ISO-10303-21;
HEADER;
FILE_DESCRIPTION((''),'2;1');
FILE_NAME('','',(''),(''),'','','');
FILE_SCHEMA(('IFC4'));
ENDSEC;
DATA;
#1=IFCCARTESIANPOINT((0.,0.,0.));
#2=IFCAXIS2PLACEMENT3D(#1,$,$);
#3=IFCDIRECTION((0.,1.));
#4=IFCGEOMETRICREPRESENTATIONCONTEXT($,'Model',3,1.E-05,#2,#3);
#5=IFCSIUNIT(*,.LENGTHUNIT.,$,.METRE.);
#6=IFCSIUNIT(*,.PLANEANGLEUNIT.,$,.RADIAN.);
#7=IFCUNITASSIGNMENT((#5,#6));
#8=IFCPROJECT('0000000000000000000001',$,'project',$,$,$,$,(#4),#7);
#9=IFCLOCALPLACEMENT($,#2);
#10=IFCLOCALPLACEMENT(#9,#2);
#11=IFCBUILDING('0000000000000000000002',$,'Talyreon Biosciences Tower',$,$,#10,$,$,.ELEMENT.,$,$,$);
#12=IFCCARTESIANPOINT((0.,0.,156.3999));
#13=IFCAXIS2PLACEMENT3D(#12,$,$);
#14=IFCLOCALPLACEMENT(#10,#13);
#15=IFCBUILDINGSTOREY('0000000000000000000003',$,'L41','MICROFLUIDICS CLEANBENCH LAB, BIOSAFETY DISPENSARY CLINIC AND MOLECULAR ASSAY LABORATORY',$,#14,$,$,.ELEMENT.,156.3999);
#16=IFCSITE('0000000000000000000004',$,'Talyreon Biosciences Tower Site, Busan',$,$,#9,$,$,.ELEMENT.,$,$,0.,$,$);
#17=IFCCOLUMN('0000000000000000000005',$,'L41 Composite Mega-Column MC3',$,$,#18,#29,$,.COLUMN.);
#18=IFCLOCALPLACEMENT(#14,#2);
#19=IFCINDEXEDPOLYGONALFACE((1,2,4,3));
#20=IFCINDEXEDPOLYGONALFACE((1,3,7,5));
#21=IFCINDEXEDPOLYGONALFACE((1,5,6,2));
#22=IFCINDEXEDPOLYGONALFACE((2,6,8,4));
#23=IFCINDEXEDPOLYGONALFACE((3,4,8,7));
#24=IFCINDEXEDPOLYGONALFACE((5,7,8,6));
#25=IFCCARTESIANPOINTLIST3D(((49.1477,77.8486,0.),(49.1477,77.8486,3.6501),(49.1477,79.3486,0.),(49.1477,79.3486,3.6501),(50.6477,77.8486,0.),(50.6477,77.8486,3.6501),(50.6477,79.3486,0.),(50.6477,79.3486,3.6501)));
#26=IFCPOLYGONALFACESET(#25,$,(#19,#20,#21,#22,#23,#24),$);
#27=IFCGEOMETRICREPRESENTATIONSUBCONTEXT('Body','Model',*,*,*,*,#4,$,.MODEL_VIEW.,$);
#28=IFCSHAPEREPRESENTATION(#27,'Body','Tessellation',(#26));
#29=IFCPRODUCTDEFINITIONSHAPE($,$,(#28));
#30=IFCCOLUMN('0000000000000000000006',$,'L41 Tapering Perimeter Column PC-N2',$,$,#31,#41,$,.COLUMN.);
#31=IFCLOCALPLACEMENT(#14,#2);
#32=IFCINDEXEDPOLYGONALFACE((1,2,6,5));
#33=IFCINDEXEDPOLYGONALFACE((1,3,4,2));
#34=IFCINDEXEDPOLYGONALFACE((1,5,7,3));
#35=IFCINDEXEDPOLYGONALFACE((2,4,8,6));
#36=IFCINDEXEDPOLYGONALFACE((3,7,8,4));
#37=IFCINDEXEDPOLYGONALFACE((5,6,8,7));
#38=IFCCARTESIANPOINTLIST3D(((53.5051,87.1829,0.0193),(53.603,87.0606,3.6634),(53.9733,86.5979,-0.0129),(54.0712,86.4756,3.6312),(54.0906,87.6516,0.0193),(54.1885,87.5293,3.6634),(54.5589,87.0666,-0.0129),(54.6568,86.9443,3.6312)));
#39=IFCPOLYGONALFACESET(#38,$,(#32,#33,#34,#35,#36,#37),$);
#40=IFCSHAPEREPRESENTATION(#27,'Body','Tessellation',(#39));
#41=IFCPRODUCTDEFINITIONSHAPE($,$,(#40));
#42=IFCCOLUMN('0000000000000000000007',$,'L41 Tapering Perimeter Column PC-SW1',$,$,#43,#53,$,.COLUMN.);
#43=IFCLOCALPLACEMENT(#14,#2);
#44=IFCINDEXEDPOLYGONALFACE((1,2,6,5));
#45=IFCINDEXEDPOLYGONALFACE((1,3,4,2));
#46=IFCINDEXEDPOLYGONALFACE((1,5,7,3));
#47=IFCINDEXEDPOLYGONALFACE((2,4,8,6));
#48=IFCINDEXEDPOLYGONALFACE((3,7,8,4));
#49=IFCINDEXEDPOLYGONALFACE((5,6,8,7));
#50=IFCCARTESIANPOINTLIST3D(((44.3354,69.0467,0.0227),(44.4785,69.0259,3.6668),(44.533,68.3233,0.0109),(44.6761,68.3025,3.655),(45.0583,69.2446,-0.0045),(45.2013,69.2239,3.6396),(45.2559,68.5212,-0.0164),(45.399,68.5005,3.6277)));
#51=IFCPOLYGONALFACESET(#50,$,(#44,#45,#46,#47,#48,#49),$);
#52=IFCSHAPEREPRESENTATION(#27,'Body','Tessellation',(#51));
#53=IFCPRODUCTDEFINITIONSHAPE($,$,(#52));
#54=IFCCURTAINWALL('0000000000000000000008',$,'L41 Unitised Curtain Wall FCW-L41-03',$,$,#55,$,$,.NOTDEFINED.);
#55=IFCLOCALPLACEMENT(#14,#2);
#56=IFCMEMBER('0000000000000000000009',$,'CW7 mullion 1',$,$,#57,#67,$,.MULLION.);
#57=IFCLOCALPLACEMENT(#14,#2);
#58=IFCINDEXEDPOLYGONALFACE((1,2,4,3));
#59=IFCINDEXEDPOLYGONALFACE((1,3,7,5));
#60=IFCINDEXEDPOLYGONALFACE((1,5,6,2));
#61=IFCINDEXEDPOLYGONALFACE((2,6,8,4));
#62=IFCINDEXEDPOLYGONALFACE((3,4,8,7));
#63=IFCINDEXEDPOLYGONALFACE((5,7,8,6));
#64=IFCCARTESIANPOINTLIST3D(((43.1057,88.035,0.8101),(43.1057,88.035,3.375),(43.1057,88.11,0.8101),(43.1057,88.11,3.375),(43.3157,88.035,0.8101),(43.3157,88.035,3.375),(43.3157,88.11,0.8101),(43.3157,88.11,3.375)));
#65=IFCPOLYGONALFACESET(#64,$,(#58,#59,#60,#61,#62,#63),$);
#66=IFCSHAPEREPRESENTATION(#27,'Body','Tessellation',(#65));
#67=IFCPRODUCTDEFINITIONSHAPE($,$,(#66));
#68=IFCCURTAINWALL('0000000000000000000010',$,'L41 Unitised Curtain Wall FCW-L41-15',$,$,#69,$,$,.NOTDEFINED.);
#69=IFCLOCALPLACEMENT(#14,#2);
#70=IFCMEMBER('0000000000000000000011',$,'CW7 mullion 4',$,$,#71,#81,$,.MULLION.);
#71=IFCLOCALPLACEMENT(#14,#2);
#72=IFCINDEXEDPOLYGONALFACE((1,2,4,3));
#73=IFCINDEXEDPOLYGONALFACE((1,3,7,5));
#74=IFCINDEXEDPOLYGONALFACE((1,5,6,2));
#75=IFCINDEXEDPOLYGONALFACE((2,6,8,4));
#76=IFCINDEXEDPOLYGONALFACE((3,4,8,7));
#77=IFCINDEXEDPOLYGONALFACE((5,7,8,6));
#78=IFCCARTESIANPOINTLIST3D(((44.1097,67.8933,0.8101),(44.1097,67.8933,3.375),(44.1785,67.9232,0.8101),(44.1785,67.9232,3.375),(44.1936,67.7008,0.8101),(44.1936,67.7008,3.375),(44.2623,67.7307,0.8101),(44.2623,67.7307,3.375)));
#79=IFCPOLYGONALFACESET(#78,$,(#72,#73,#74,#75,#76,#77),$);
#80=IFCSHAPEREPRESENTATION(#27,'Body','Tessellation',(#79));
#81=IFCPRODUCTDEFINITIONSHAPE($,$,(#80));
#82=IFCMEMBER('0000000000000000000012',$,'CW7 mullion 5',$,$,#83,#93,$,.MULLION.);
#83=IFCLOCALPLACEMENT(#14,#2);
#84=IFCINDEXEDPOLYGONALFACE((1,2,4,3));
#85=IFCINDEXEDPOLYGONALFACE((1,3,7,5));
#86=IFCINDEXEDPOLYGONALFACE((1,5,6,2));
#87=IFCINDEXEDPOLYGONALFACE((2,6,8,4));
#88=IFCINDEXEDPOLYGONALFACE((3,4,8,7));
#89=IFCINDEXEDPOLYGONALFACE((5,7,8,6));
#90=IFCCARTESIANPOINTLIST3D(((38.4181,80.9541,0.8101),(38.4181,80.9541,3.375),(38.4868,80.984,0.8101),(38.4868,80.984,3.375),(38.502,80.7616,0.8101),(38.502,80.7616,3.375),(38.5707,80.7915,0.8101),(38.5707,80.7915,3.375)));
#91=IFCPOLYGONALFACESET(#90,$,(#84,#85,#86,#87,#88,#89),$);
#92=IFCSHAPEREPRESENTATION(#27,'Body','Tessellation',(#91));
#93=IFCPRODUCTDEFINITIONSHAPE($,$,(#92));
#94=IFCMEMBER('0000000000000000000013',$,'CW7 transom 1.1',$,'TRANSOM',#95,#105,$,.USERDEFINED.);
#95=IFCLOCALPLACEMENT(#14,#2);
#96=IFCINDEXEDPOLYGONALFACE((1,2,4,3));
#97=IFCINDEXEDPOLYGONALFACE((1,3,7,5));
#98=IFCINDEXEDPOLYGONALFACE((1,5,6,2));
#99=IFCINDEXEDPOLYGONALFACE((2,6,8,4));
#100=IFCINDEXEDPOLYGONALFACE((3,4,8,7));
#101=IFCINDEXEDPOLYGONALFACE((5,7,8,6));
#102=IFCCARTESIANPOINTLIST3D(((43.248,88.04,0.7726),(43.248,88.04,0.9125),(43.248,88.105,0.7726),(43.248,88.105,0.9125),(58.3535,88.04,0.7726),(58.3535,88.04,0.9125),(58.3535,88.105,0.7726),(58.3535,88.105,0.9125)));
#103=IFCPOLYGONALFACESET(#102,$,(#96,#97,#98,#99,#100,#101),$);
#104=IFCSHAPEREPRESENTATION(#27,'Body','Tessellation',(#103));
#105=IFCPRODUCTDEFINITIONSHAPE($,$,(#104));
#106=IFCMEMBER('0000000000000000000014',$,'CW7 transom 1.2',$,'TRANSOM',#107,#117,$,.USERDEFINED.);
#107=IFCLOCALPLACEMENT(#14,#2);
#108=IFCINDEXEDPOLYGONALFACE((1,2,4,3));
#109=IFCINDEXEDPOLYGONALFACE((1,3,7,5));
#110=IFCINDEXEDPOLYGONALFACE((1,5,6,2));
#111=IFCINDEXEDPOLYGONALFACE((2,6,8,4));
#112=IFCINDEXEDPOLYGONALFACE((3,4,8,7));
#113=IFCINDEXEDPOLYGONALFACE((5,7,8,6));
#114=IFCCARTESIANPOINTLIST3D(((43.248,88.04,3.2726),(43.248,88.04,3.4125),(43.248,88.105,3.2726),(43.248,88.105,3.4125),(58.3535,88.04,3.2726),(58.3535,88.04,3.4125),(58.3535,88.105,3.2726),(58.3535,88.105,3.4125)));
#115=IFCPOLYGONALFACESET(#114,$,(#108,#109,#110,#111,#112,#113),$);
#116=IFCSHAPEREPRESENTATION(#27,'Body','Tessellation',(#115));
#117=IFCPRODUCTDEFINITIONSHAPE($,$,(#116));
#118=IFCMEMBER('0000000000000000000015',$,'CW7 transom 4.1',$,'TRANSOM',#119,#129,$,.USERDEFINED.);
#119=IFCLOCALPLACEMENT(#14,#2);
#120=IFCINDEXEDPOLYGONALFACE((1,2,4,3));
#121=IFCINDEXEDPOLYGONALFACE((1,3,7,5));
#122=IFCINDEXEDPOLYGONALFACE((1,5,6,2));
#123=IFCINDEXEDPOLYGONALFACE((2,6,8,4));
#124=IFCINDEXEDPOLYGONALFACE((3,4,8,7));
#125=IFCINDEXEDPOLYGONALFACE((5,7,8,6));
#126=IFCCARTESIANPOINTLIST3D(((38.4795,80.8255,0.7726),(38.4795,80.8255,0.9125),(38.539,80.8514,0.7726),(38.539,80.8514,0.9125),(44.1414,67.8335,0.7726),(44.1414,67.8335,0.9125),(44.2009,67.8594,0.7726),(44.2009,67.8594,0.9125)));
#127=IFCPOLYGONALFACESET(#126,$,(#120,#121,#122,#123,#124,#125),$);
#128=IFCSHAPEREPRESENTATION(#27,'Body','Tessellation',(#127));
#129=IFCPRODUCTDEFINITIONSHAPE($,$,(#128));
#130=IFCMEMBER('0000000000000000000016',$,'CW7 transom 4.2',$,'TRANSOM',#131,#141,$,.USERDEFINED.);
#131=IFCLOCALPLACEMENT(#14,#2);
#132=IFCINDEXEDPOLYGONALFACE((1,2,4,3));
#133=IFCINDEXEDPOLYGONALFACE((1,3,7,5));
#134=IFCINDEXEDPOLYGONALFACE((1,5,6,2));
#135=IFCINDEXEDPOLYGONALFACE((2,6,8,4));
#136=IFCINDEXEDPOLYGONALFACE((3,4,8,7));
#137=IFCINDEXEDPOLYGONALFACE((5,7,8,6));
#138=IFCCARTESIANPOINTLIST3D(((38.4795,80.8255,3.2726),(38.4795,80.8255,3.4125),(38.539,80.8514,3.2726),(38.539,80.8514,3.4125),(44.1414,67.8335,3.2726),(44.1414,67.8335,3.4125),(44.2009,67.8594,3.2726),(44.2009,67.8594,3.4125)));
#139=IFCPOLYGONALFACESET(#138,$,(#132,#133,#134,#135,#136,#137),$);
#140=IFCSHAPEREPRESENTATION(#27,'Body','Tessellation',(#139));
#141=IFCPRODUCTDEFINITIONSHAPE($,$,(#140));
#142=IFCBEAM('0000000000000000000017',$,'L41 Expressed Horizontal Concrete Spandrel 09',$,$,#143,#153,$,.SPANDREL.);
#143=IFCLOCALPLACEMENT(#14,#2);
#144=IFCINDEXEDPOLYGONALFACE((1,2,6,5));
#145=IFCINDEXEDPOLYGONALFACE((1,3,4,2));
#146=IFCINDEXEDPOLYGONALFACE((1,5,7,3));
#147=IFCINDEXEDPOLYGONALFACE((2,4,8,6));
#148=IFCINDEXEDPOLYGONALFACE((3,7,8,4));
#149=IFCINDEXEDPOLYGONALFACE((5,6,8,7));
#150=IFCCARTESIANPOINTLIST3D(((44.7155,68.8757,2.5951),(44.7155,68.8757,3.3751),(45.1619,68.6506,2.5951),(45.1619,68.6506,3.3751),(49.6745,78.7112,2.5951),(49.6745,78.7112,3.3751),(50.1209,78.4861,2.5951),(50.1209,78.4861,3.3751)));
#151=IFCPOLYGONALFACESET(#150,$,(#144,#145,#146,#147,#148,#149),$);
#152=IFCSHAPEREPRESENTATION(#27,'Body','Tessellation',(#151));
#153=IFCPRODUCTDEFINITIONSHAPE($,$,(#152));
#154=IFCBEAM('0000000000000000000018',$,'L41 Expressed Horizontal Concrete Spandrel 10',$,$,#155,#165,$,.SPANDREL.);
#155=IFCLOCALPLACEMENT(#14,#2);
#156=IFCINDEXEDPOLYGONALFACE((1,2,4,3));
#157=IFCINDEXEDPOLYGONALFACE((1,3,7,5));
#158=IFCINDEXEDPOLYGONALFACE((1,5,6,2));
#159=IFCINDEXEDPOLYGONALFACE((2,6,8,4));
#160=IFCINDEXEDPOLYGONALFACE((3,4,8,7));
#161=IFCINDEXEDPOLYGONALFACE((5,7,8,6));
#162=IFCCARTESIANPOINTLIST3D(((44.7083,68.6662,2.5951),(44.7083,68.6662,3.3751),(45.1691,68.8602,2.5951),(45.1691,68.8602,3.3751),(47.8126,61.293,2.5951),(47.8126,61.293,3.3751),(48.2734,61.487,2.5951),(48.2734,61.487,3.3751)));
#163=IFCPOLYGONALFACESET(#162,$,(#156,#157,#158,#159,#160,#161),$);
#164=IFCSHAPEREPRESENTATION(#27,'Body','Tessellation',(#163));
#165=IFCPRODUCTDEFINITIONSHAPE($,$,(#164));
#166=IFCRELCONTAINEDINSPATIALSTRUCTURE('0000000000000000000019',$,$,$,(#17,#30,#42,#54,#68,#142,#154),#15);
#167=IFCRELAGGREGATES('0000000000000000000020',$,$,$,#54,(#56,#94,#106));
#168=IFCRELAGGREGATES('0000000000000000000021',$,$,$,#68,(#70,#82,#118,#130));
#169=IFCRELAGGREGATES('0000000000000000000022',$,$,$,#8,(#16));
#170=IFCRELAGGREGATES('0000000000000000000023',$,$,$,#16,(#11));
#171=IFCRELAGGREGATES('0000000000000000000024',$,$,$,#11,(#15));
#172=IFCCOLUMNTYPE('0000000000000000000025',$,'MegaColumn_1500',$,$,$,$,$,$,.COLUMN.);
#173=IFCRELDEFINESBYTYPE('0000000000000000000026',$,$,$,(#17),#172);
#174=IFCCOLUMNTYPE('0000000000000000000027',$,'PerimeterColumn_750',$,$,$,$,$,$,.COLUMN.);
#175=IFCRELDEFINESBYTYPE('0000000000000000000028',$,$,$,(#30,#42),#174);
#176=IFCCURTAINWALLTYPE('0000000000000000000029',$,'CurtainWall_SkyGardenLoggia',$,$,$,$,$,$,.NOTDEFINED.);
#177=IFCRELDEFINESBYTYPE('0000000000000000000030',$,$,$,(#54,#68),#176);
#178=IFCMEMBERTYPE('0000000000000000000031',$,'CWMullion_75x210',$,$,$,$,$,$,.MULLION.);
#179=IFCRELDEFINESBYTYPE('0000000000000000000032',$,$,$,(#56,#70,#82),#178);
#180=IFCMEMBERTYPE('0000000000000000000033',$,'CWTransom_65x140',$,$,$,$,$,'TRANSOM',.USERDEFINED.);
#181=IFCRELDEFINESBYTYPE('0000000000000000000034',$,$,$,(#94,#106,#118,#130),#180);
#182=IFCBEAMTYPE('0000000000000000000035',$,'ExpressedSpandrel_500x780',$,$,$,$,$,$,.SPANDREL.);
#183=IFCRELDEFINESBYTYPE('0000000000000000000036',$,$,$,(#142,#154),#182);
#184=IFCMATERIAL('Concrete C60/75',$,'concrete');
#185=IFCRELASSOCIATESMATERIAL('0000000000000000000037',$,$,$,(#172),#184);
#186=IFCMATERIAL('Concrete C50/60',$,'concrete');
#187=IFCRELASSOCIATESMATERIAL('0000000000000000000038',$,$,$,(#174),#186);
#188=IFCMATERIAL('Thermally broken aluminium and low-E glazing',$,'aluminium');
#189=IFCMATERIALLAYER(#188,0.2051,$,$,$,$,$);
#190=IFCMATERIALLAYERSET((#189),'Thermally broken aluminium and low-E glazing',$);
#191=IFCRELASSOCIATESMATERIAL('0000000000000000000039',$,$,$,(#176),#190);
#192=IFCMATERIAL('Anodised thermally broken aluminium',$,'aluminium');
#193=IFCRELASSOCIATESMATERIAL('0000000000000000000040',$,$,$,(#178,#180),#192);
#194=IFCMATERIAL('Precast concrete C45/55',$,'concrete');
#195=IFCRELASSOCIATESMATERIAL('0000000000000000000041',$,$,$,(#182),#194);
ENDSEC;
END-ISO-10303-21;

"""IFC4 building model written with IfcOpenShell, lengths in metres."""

from ifc_helpers import new_model, si_unit, direction, frame, origin, origin_2d, place, context, subcontext, project, spatial, rectangle, extrude, material, layer, layer_set, material_profile, profile_set, type_object, element, aggregate, save


model = new_model("IFC4")

# Units and contexts
model_context = context("Model", 3, precision=1e-05, world=origin(), true_north=direction((0.0, 1.0)))
body_context = subcontext(model_context, "Body", "Model", "MODEL_VIEW")
ifc_project = project(units=[si_unit("LENGTHUNIT", "METRE"), si_unit("PLANEANGLEUNIT", "RADIAN")], contexts=[model_context])

# Site, building, storey
site_placement = place(None, origin())
site = spatial("IfcSite", under=ifc_project, at=site_placement, Name="Talyreon Biosciences Tower Site, Busan", CompositionType="ELEMENT", RefElevation=0.0)
building_placement = place(site_placement, origin())
building = spatial("IfcBuilding", under=site, at=building_placement, Name="Talyreon Biosciences Tower", CompositionType="ELEMENT")
storey_placement = place(building_placement, frame((0.0, 0.0, 156.3999)))
storey = spatial("IfcBuildingStorey", under=building, at=storey_placement, Name="L41", Description="MICROFLUIDICS CLEANBENCH LAB, BIOSAFETY DISPENSARY CLINIC AND MOLECULAR ASSAY LABORATORY", CompositionType="ELEMENT", Elevation=156.3999)

# Columns
ifc_material_1 = material(Name="Concrete C60/75", Category="concrete")
ifc_material_profile_1 = material_profile(ifc_material_1, rectangle(XDim=1.5, YDim=1.5, at=origin_2d()), Name="RC 1500x1500")
ifc_profile_set_1 = profile_set([ifc_material_profile_1], Name="Concrete C60/75")
column_type_1 = type_object("IfcColumnType", Name="MegaColumn_1500", PredefinedType="COLUMN", material=ifc_profile_set_1)
column_1_placement = place(storey_placement, frame((49.8977, 78.5986, 0.0), z_axis=(0.0, 0.0, 1.0), x_axis=(1.0, 0.0, 0.0)))
element("IfcColumn", 1, at=column_1_placement, inside=storey, type_object=column_type_1, Name="L41 Composite Mega-Column MC3", PredefinedType="COLUMN", context=body_context, shape_type="SweptSolid", body=[
    extrude(rectangle(XDim=1.5, YDim=1.5, at=origin_2d()), origin(), (0.0, 0.0, 1.0), 3.6501),
])
ifc_material_2 = material(Name="Concrete C50/60", Category="concrete")
ifc_material_profile_2 = material_profile(ifc_material_2, rectangle(XDim=0.75, YDim=0.75, at=origin_2d()), Name="RC 750x750")
ifc_profile_set_2 = profile_set([ifc_material_profile_2], Name="Concrete C50/60")
column_type_2 = type_object("IfcColumnType", Name="PerimeterColumn_750", PredefinedType="COLUMN", material=ifc_profile_set_2)
column_2_placement = place(storey_placement, frame((54.032, 87.1248, 0.0032), z_axis=(0.026841, -0.033535, 0.999077), x_axis=(-0.780717, -0.624885, 0.0)))
element("IfcColumn", 2, at=column_2_placement, inside=storey, type_object=column_type_2, Name="L41 Tapering Perimeter Column PC-N2", PredefinedType="COLUMN", context=body_context, shape_type="SweptSolid", body=[
    extrude(rectangle(XDim=0.75, YDim=0.75, at=origin_2d()), origin(), (0.0, 0.0, 1.0), 3.6475),
])
column_3_placement = place(storey_placement, frame((44.7957, 68.7839, 0.0032), z_axis=(0.039229, -0.00569, 0.999214), x_axis=(0.963855, 0.263938, -0.036338)))
element("IfcColumn", 3, at=column_3_placement, inside=storey, type_object=column_type_2, Name="L41 Tapering Perimeter Column PC-SW1", PredefinedType="COLUMN", context=body_context, shape_type="SweptSolid", body=[
    extrude(rectangle(XDim=0.75, YDim=0.75, at=origin_2d()), origin(), (0.0, 0.0, 1.0), 3.647),
])

# Curtain wall, member
ifc_material_3 = material(Name="Thermally broken aluminium and low-E glazing", Category="aluminium")
ifc_layer_1 = layer(ifc_material_3, 0.2051)
ifc_layer_set_1 = layer_set([ifc_layer_1], Name="Thermally broken aluminium and low-E glazing")
curtain_wall_type = type_object("IfcCurtainWallType", Name="CurtainWall_SkyGardenLoggia", PredefinedType="NOTDEFINED", material=ifc_layer_set_1)
curtain_wall_1_placement = place(storey_placement, origin())
curtain_wall_1 = element("IfcCurtainWall", 4, at=curtain_wall_1_placement, inside=storey, type_object=curtain_wall_type, Name="L41 Unitised Curtain Wall FCW-L41-03", PredefinedType="NOTDEFINED")
ifc_material_4 = material(Name="Anodised thermally broken aluminium", Category="aluminium")
ifc_material_profile_3 = material_profile(ifc_material_4, rectangle(XDim=0.075, YDim=0.21, at=origin_2d()), Name="ALUM MULLION 75x210")
ifc_profile_set_3 = profile_set([ifc_material_profile_3], Name="Anodised thermally broken aluminium")
member_type_1 = type_object("IfcMemberType", Name="CWMullion_75x210", PredefinedType="MULLION", material=ifc_profile_set_3)
member_1_placement = place(storey_placement, frame((43.2107, 88.0725, 0.8101), z_axis=(0.0, 0.0, 1.0), x_axis=(0.0, 1.0, 0.0)))
member_1 = element("IfcMember", 5, at=member_1_placement, type_object=member_type_1, Name="CW7 mullion 1", PredefinedType="MULLION", context=body_context, shape_type="SweptSolid", body=[
    extrude(rectangle(XDim=0.075, YDim=0.21, at=origin_2d()), origin(), (0.0, 0.0, 1.0), 2.5649),
])

# Curtain wall, members
curtain_wall_2_placement = place(storey_placement, origin())
curtain_wall_2 = element("IfcCurtainWall", 6, at=curtain_wall_2_placement, inside=storey, type_object=curtain_wall_type, Name="L41 Unitised Curtain Wall FCW-L41-15", PredefinedType="NOTDEFINED")
member_2_placement = place(storey_placement, frame((44.186, 67.812, 0.8101), z_axis=(0.0, 0.0, 1.0), x_axis=(-0.916731, -0.399505, 0.0)))
member_2 = element("IfcMember", 7, at=member_2_placement, type_object=member_type_1, Name="CW7 mullion 4", PredefinedType="MULLION", context=body_context, shape_type="SweptSolid", body=[
    extrude(rectangle(XDim=0.075, YDim=0.21, at=origin_2d()), origin(), (0.0, 0.0, 1.0), 2.5649),
])
member_3_placement = place(storey_placement, frame((38.4944, 80.8728, 0.8101), z_axis=(0.0, 0.0, 1.0), x_axis=(-0.916731, -0.399505, 0.0)))
member_3 = element("IfcMember", 8, at=member_3_placement, type_object=member_type_1, Name="CW7 mullion 5", PredefinedType="MULLION", context=body_context, shape_type="SweptSolid", body=[
    extrude(rectangle(XDim=0.075, YDim=0.21, at=origin_2d()), origin(), (0.0, 0.0, 1.0), 2.5649),
])

# Members
ifc_material_profile_4 = material_profile(ifc_material_4, rectangle(XDim=0.0649, YDim=0.1399, at=origin_2d()), Name="ALUM TRANSOM 65x140")
ifc_profile_set_4 = profile_set([ifc_material_profile_4], Name="Anodised thermally broken aluminium")
member_type_2 = type_object("IfcMemberType", Name="CWTransom_65x140", ElementType="TRANSOM", PredefinedType="USERDEFINED", material=ifc_profile_set_4)
member_4_placement = place(storey_placement, frame((43.248, 88.0725, 0.8425), z_axis=(1.0, 0.0, 0.0), x_axis=(0.0, 1.0, 0.0)))
member_4 = element("IfcMember", 9, at=member_4_placement, type_object=member_type_2, Name="CW7 transom 1.1", ObjectType="TRANSOM", PredefinedType="USERDEFINED", context=body_context, shape_type="SweptSolid", body=[
    extrude(rectangle(XDim=0.0649, YDim=0.1399, at=origin_2d()), origin(), (0.0, 0.0, 1.0), 15.1055),
])
member_5_placement = place(storey_placement, frame((43.248, 88.0725, 3.3425), z_axis=(1.0, 0.0, 0.0), x_axis=(0.0, 1.0, 0.0)))
member_5 = element("IfcMember", 10, at=member_5_placement, type_object=member_type_2, Name="CW7 transom 1.2", ObjectType="TRANSOM", PredefinedType="USERDEFINED", context=body_context, shape_type="SweptSolid", body=[
    extrude(rectangle(XDim=0.0649, YDim=0.1399, at=origin_2d()), origin(), (0.0, 0.0, 1.0), 15.1055),
])
member_6_placement = place(storey_placement, frame((44.1711, 67.8464, 0.8425), z_axis=(-0.399509, 0.916729, 0.0), x_axis=(-0.916729, -0.399509, 0.0)))
member_6 = element("IfcMember", 11, at=member_6_placement, type_object=member_type_2, Name="CW7 transom 4.1", ObjectType="TRANSOM", PredefinedType="USERDEFINED", context=body_context, shape_type="SweptSolid", body=[
    extrude(rectangle(XDim=0.0649, YDim=0.1399, at=origin_2d()), origin(), (0.0, 0.0, 1.0), 14.1721),
])
member_7_placement = place(storey_placement, frame((44.1711, 67.8464, 3.3425), z_axis=(-0.399509, 0.916729, 0.0), x_axis=(-0.916729, -0.399509, 0.0)))
member_7 = element("IfcMember", 12, at=member_7_placement, type_object=member_type_2, Name="CW7 transom 4.2", ObjectType="TRANSOM", PredefinedType="USERDEFINED", context=body_context, shape_type="SweptSolid", body=[
    extrude(rectangle(XDim=0.0649, YDim=0.1399, at=origin_2d()), origin(), (0.0, 0.0, 1.0), 14.1721),
])

# Beams
ifc_material_5 = material(Name="Precast concrete C45/55", Category="concrete")
ifc_material_profile_5 = material_profile(ifc_material_5, rectangle(XDim=0.5, YDim=0.78, at=origin_2d()), Name="RCB 500x780")
ifc_profile_set_5 = profile_set([ifc_material_profile_5], Name="Precast concrete C45/55")
beam_type_1 = type_object("IfcBeamType", Name="ExpressedSpandrel_500x780", PredefinedType="SPANDREL", material=ifc_profile_set_5)
beam_1_placement = place(storey_placement, frame((49.8977, 78.5986, 2.9851), z_axis=(-0.450208, -0.892924, 0.0), x_axis=(0.892924, -0.450208, 0.0)))
element("IfcBeam", 13, at=beam_1_placement, inside=storey, type_object=beam_type_1, Name="L41 Expressed Horizontal Concrete Spandrel 09", PredefinedType="SPANDREL", context=body_context, shape_type="SweptSolid", body=[
    extrude(rectangle(XDim=0.5, YDim=0.78, at=origin_2d()), origin(), (0.0, 0.0, 1.0), 11.0149),
])
beam_2_placement = place(storey_placement, frame((44.9387, 68.7632, 2.9851), z_axis=(0.388037, -0.921644, 0.0), x_axis=(0.921644, 0.388037, 0.0)))
element("IfcBeam", 14, at=beam_2_placement, inside=storey, type_object=beam_type_1, Name="L41 Expressed Horizontal Concrete Spandrel 10", PredefinedType="SPANDREL", context=body_context, shape_type="SweptSolid", body=[
    extrude(rectangle(XDim=0.5, YDim=0.78, at=origin_2d()), origin(), (0.0, 0.0, 1.0), 8.0),
])

aggregate(curtain_wall_1, [member_1, member_4, member_5])
aggregate(curtain_wall_2, [member_2, member_3, member_6, member_7])

save(model, "model.ifc")
